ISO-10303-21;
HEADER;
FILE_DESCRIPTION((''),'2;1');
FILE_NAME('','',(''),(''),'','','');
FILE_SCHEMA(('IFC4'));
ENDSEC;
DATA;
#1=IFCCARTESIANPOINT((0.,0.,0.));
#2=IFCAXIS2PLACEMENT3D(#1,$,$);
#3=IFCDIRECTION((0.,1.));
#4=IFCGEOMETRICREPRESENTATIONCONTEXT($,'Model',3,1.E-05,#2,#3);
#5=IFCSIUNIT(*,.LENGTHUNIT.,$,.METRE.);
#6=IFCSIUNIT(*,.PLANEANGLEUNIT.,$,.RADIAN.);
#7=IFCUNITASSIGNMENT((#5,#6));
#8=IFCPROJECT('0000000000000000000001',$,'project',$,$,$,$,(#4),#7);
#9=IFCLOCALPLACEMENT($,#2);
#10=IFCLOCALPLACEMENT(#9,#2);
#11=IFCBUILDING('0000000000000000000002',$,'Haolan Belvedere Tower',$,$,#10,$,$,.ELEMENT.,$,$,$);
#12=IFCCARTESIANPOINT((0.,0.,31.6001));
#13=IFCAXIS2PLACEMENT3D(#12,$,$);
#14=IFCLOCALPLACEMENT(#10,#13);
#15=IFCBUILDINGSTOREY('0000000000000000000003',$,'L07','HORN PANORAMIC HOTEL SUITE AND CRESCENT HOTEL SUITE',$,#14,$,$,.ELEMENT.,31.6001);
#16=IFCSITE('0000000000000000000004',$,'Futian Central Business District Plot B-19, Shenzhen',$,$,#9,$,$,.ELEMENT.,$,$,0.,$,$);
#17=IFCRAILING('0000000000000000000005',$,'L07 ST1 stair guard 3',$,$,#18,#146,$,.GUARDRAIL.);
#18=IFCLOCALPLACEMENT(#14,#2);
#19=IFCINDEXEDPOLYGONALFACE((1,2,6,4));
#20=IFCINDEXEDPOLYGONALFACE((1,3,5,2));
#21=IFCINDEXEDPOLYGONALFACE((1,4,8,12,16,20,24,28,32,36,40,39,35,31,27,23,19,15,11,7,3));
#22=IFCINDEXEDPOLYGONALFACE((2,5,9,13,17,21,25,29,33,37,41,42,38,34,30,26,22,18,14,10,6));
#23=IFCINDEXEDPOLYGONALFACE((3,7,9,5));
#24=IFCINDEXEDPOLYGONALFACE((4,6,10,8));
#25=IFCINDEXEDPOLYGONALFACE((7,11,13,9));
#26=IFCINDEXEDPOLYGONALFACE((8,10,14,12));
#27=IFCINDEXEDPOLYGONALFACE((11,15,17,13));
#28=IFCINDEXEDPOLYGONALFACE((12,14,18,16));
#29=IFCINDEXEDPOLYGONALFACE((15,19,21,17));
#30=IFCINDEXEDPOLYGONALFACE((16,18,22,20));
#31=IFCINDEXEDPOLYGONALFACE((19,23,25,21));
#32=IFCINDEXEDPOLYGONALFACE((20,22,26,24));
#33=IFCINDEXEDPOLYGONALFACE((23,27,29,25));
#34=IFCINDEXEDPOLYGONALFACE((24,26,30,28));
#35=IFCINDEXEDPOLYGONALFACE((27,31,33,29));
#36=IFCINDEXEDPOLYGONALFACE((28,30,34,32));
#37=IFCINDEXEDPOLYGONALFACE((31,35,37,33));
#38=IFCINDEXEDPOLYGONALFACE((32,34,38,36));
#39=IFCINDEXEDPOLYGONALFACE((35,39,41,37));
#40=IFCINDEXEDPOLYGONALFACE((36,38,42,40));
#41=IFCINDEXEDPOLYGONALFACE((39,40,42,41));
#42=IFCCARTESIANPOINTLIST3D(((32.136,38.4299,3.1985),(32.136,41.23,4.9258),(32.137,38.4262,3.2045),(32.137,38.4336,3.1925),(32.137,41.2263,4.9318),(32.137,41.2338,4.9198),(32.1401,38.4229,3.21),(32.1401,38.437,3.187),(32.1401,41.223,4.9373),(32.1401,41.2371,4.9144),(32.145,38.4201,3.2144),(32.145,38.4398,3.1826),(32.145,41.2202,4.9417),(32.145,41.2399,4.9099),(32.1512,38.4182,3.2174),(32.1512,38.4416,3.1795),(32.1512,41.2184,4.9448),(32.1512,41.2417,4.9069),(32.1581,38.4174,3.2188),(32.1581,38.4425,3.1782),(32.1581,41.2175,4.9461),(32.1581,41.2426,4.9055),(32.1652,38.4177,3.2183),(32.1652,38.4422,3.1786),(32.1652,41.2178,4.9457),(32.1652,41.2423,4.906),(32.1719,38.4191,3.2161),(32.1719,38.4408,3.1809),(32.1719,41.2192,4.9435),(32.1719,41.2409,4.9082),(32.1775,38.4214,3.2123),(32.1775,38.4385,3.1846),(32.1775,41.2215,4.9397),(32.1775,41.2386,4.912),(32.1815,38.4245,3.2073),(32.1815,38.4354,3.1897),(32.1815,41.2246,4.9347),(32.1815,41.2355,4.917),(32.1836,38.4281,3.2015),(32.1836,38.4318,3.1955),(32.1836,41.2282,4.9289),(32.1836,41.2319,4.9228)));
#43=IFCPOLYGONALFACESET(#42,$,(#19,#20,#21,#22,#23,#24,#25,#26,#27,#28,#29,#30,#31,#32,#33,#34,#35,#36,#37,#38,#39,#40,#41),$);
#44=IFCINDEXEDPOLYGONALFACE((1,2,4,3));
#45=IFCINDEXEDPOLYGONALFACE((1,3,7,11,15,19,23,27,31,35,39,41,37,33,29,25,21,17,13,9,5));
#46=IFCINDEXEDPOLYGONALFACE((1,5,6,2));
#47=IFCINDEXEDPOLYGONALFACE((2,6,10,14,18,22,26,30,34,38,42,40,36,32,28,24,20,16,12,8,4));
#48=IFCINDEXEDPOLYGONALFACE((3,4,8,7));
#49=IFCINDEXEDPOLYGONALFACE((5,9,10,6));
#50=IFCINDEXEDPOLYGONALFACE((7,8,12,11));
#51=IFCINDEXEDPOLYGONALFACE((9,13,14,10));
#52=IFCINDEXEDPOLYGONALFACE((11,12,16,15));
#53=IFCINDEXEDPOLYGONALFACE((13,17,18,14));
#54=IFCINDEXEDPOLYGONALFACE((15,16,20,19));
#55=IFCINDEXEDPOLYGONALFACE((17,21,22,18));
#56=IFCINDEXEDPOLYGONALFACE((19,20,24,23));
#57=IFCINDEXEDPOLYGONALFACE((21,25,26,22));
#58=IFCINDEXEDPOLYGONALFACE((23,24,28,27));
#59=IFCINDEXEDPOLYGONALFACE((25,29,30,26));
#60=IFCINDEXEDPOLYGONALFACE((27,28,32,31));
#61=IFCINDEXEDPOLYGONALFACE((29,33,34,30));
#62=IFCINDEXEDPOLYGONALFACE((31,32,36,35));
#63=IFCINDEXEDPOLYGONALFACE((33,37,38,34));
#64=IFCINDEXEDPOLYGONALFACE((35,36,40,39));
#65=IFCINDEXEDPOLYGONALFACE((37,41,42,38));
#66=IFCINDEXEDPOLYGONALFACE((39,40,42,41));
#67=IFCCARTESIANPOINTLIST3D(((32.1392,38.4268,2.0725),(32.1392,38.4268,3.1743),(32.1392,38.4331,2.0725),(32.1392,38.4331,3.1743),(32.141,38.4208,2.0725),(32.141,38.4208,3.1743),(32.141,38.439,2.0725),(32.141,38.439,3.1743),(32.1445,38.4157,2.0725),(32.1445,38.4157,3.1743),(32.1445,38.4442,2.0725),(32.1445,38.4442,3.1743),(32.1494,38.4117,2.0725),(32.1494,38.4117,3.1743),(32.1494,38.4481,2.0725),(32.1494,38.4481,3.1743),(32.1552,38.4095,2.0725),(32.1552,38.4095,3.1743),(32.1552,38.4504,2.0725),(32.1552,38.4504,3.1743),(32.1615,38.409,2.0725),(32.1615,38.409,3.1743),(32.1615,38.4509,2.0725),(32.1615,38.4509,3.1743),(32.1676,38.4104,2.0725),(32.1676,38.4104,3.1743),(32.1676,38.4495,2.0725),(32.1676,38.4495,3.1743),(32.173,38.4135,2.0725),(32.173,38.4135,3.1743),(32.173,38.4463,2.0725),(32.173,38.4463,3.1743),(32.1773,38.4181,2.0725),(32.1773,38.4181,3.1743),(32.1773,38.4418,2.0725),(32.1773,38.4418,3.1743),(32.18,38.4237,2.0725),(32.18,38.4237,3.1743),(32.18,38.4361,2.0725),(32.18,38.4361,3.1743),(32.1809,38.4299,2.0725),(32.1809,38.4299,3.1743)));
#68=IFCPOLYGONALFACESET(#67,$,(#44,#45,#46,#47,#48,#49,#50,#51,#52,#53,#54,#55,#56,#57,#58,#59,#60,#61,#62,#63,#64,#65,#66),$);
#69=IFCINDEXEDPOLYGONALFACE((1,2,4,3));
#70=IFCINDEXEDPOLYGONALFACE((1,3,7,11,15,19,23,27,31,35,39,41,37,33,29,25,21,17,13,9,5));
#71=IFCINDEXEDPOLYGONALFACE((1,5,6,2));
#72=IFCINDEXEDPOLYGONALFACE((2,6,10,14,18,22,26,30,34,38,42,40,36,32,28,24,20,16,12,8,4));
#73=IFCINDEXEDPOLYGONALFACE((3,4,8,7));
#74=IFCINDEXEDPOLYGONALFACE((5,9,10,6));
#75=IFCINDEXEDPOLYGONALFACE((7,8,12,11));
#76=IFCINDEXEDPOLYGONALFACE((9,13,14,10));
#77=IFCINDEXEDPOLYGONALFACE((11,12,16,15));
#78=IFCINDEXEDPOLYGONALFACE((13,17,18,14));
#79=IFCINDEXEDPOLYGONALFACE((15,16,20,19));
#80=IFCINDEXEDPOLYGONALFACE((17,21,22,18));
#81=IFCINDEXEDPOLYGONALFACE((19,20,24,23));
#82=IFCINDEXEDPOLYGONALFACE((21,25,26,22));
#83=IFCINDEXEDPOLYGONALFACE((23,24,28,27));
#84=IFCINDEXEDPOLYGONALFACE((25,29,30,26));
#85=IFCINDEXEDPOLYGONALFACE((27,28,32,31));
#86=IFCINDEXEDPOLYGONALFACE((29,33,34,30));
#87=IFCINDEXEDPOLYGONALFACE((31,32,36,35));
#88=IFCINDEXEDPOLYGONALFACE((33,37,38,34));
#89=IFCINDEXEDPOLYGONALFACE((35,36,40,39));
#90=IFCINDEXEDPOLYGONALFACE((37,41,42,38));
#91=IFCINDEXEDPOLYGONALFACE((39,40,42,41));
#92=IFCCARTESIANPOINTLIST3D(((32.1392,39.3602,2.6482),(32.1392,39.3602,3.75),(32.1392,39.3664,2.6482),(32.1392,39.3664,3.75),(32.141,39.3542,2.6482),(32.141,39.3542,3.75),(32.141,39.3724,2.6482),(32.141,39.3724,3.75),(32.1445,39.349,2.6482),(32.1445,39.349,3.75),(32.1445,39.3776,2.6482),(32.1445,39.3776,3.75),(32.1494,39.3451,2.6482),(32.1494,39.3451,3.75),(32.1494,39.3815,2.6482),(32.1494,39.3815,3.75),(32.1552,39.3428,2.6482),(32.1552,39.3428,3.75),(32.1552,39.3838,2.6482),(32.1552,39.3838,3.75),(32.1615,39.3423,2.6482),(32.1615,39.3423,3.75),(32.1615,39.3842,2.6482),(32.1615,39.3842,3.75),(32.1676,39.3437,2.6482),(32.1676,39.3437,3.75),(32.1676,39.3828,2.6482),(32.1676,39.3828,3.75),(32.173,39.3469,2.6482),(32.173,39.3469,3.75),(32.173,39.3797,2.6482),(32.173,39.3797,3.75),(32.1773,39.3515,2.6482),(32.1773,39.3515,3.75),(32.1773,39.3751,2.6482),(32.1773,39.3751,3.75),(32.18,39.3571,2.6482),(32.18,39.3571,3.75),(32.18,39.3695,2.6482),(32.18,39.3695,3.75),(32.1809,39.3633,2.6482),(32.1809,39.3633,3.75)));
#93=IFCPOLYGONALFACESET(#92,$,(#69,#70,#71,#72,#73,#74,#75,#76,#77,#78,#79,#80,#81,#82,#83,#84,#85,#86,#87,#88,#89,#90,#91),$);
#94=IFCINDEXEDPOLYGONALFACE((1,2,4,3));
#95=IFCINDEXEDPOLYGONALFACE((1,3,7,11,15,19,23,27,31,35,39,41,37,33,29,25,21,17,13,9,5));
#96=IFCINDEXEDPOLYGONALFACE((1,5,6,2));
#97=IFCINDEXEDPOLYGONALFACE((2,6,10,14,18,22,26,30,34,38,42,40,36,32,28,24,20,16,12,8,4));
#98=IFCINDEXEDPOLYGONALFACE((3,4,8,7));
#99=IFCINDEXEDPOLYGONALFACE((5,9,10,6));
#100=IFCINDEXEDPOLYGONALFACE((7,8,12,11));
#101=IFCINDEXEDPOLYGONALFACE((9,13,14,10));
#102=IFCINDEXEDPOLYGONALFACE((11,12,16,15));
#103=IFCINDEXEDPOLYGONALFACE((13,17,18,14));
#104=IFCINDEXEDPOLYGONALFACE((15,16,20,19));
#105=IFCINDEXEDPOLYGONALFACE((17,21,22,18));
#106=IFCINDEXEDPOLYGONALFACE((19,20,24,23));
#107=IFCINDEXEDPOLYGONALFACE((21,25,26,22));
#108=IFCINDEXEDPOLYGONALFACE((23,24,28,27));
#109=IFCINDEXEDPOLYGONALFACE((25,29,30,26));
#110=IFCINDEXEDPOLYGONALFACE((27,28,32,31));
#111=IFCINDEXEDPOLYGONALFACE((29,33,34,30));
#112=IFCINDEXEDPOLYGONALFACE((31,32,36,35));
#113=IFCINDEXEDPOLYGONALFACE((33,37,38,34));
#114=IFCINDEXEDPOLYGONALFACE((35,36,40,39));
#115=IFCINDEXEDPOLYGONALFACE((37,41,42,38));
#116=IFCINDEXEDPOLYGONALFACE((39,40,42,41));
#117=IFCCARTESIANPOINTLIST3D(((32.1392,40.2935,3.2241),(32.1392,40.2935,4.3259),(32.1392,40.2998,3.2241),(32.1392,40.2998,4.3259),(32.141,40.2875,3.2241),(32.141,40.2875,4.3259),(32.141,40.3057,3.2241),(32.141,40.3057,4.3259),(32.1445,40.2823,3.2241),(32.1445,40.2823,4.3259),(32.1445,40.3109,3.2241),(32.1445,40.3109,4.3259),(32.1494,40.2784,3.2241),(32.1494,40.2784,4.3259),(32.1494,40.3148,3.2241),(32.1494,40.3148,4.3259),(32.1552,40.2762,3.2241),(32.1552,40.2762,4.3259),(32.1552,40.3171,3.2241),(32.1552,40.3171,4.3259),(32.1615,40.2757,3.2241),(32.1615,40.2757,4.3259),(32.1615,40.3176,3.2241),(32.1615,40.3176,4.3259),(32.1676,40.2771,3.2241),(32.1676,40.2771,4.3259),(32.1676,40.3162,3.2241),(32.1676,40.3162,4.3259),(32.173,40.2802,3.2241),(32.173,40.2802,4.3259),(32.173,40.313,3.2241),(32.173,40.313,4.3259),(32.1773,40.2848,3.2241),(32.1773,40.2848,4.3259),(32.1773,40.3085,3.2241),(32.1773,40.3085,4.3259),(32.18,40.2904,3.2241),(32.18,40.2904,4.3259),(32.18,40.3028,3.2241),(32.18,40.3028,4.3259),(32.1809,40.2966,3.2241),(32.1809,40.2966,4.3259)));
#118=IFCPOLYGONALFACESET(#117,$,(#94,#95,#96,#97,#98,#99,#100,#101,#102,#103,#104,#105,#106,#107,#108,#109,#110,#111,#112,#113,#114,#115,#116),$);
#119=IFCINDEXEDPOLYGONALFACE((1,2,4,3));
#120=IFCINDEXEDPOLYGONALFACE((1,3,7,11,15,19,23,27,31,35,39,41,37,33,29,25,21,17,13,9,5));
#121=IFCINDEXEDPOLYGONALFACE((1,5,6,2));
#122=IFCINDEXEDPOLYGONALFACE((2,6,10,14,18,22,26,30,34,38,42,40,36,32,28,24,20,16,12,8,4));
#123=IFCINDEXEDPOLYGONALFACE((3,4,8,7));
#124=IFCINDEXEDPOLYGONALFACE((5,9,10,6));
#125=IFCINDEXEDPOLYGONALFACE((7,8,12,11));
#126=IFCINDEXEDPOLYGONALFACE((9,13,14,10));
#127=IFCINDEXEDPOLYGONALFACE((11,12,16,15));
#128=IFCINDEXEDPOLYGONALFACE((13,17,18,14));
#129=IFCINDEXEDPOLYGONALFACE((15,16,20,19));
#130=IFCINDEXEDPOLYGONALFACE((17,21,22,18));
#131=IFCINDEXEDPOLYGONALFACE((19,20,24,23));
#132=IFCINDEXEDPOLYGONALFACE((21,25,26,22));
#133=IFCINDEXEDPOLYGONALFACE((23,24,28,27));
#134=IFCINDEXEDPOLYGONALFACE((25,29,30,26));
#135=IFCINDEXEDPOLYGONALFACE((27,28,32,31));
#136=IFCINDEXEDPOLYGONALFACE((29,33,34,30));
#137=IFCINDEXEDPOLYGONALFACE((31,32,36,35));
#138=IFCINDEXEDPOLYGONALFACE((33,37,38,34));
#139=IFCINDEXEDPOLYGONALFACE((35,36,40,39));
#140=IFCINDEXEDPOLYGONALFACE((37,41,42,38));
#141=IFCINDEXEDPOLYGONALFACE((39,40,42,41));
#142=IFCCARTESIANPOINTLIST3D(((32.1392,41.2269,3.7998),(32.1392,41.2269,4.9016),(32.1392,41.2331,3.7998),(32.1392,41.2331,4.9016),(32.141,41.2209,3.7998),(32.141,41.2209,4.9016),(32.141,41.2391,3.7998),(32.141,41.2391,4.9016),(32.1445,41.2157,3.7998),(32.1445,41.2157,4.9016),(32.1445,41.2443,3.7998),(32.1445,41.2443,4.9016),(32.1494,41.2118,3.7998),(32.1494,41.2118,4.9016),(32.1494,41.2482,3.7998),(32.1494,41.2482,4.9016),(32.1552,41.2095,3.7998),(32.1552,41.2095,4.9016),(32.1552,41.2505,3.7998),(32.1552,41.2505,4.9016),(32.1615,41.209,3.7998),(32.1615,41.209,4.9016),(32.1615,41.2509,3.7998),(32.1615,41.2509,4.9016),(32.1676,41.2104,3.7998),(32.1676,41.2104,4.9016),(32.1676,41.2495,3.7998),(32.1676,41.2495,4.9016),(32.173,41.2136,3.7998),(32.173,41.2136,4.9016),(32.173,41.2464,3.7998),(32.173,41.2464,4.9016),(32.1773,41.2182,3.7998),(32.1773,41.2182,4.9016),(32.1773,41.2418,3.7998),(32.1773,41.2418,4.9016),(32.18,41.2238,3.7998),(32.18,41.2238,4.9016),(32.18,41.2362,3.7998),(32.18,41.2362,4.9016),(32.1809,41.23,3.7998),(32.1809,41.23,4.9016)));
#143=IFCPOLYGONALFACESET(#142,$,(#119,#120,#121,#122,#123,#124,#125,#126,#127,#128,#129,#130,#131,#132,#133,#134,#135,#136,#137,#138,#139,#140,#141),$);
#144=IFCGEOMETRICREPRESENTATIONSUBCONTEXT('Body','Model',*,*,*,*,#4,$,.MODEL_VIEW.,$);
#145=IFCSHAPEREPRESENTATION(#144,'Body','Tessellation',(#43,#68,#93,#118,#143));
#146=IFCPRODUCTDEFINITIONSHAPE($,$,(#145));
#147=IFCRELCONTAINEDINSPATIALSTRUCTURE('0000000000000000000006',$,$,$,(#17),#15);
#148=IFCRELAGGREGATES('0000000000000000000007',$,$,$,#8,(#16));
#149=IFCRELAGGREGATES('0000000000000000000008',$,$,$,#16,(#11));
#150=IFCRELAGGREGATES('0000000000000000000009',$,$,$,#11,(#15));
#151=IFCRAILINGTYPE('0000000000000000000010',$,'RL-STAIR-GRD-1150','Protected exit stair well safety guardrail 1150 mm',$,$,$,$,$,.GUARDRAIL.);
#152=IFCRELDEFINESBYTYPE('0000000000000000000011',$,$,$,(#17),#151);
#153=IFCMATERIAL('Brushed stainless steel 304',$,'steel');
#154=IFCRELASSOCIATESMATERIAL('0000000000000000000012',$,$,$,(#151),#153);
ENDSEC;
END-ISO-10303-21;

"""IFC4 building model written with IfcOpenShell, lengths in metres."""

from ifc_helpers import new_model, si_unit, direction, frame, origin, origin_2d, place, context, subcontext, project, spatial, circle, extrude, material, type_object, element, save


model = new_model("IFC4")

# Units and contexts
model_context = context("Model", 3, precision=1e-05, world=origin(), true_north=direction((0.0, 1.0)))
body_context = subcontext(model_context, "Body", "Model", "MODEL_VIEW")
ifc_project = project(units=[si_unit("LENGTHUNIT", "METRE"), si_unit("PLANEANGLEUNIT", "RADIAN")], contexts=[model_context])

# Site, building, storey
site_placement = place(None, origin())
site = spatial("IfcSite", under=ifc_project, at=site_placement, Name="Futian Central Business District Plot B-19, Shenzhen", CompositionType="ELEMENT", RefElevation=0.0)
building_placement = place(site_placement, origin())
building = spatial("IfcBuilding", under=site, at=building_placement, Name="Haolan Belvedere Tower", CompositionType="ELEMENT")
storey_placement = place(building_placement, frame((0.0, 0.0, 31.6001)))
storey = spatial("IfcBuildingStorey", under=building, at=storey_placement, Name="L07", Description="HORN PANORAMIC HOTEL SUITE AND CRESCENT HOTEL SUITE", CompositionType="ELEMENT", Elevation=31.6001)

# Railing
ifc_material_1 = material(Name="Brushed stainless steel 304", Category="steel")
railing_type_1 = type_object("IfcRailingType", Name="RL-STAIR-GRD-1150", Description="Protected exit stair well safety guardrail 1150 mm", PredefinedType="GUARDRAIL", material=ifc_material_1)
railing_1_placement = place(storey_placement, frame((32.1599, 38.4299, 2.0725)))
element("IfcRailing", 1, at=railing_1_placement, inside=storey, type_object=railing_type_1, Name="L07 ST1 stair guard 3", PredefinedType="GUARDRAIL", context=body_context, shape_type="SweptSolid", body=[
    extrude(circle(Radius=0.0239, at=origin_2d()), frame((0.0, 0.0, 1.126), z_axis=(0.0, 0.85109, 0.52502), x_axis=(-1.0, 0.0, 0.0)), (0.0, 0.0, 1.0), 3.29),
    extrude(circle(Radius=0.021, at=origin_2d()), origin(), (0.0, 0.0, 1.0), 1.1018),
    extrude(circle(Radius=0.021, at=origin_2d()), frame((0.0, 0.9333, 0.5757)), (0.0, 0.0, 1.0), 1.1018),
    extrude(circle(Radius=0.021, at=origin_2d()), frame((0.0, 1.8667, 1.1516)), (0.0, 0.0, 1.0), 1.1018),
    extrude(circle(Radius=0.021, at=origin_2d()), frame((0.0, 2.8, 1.7273)), (0.0, 0.0, 1.0), 1.1018),
])

save(model, "model.ifc")
